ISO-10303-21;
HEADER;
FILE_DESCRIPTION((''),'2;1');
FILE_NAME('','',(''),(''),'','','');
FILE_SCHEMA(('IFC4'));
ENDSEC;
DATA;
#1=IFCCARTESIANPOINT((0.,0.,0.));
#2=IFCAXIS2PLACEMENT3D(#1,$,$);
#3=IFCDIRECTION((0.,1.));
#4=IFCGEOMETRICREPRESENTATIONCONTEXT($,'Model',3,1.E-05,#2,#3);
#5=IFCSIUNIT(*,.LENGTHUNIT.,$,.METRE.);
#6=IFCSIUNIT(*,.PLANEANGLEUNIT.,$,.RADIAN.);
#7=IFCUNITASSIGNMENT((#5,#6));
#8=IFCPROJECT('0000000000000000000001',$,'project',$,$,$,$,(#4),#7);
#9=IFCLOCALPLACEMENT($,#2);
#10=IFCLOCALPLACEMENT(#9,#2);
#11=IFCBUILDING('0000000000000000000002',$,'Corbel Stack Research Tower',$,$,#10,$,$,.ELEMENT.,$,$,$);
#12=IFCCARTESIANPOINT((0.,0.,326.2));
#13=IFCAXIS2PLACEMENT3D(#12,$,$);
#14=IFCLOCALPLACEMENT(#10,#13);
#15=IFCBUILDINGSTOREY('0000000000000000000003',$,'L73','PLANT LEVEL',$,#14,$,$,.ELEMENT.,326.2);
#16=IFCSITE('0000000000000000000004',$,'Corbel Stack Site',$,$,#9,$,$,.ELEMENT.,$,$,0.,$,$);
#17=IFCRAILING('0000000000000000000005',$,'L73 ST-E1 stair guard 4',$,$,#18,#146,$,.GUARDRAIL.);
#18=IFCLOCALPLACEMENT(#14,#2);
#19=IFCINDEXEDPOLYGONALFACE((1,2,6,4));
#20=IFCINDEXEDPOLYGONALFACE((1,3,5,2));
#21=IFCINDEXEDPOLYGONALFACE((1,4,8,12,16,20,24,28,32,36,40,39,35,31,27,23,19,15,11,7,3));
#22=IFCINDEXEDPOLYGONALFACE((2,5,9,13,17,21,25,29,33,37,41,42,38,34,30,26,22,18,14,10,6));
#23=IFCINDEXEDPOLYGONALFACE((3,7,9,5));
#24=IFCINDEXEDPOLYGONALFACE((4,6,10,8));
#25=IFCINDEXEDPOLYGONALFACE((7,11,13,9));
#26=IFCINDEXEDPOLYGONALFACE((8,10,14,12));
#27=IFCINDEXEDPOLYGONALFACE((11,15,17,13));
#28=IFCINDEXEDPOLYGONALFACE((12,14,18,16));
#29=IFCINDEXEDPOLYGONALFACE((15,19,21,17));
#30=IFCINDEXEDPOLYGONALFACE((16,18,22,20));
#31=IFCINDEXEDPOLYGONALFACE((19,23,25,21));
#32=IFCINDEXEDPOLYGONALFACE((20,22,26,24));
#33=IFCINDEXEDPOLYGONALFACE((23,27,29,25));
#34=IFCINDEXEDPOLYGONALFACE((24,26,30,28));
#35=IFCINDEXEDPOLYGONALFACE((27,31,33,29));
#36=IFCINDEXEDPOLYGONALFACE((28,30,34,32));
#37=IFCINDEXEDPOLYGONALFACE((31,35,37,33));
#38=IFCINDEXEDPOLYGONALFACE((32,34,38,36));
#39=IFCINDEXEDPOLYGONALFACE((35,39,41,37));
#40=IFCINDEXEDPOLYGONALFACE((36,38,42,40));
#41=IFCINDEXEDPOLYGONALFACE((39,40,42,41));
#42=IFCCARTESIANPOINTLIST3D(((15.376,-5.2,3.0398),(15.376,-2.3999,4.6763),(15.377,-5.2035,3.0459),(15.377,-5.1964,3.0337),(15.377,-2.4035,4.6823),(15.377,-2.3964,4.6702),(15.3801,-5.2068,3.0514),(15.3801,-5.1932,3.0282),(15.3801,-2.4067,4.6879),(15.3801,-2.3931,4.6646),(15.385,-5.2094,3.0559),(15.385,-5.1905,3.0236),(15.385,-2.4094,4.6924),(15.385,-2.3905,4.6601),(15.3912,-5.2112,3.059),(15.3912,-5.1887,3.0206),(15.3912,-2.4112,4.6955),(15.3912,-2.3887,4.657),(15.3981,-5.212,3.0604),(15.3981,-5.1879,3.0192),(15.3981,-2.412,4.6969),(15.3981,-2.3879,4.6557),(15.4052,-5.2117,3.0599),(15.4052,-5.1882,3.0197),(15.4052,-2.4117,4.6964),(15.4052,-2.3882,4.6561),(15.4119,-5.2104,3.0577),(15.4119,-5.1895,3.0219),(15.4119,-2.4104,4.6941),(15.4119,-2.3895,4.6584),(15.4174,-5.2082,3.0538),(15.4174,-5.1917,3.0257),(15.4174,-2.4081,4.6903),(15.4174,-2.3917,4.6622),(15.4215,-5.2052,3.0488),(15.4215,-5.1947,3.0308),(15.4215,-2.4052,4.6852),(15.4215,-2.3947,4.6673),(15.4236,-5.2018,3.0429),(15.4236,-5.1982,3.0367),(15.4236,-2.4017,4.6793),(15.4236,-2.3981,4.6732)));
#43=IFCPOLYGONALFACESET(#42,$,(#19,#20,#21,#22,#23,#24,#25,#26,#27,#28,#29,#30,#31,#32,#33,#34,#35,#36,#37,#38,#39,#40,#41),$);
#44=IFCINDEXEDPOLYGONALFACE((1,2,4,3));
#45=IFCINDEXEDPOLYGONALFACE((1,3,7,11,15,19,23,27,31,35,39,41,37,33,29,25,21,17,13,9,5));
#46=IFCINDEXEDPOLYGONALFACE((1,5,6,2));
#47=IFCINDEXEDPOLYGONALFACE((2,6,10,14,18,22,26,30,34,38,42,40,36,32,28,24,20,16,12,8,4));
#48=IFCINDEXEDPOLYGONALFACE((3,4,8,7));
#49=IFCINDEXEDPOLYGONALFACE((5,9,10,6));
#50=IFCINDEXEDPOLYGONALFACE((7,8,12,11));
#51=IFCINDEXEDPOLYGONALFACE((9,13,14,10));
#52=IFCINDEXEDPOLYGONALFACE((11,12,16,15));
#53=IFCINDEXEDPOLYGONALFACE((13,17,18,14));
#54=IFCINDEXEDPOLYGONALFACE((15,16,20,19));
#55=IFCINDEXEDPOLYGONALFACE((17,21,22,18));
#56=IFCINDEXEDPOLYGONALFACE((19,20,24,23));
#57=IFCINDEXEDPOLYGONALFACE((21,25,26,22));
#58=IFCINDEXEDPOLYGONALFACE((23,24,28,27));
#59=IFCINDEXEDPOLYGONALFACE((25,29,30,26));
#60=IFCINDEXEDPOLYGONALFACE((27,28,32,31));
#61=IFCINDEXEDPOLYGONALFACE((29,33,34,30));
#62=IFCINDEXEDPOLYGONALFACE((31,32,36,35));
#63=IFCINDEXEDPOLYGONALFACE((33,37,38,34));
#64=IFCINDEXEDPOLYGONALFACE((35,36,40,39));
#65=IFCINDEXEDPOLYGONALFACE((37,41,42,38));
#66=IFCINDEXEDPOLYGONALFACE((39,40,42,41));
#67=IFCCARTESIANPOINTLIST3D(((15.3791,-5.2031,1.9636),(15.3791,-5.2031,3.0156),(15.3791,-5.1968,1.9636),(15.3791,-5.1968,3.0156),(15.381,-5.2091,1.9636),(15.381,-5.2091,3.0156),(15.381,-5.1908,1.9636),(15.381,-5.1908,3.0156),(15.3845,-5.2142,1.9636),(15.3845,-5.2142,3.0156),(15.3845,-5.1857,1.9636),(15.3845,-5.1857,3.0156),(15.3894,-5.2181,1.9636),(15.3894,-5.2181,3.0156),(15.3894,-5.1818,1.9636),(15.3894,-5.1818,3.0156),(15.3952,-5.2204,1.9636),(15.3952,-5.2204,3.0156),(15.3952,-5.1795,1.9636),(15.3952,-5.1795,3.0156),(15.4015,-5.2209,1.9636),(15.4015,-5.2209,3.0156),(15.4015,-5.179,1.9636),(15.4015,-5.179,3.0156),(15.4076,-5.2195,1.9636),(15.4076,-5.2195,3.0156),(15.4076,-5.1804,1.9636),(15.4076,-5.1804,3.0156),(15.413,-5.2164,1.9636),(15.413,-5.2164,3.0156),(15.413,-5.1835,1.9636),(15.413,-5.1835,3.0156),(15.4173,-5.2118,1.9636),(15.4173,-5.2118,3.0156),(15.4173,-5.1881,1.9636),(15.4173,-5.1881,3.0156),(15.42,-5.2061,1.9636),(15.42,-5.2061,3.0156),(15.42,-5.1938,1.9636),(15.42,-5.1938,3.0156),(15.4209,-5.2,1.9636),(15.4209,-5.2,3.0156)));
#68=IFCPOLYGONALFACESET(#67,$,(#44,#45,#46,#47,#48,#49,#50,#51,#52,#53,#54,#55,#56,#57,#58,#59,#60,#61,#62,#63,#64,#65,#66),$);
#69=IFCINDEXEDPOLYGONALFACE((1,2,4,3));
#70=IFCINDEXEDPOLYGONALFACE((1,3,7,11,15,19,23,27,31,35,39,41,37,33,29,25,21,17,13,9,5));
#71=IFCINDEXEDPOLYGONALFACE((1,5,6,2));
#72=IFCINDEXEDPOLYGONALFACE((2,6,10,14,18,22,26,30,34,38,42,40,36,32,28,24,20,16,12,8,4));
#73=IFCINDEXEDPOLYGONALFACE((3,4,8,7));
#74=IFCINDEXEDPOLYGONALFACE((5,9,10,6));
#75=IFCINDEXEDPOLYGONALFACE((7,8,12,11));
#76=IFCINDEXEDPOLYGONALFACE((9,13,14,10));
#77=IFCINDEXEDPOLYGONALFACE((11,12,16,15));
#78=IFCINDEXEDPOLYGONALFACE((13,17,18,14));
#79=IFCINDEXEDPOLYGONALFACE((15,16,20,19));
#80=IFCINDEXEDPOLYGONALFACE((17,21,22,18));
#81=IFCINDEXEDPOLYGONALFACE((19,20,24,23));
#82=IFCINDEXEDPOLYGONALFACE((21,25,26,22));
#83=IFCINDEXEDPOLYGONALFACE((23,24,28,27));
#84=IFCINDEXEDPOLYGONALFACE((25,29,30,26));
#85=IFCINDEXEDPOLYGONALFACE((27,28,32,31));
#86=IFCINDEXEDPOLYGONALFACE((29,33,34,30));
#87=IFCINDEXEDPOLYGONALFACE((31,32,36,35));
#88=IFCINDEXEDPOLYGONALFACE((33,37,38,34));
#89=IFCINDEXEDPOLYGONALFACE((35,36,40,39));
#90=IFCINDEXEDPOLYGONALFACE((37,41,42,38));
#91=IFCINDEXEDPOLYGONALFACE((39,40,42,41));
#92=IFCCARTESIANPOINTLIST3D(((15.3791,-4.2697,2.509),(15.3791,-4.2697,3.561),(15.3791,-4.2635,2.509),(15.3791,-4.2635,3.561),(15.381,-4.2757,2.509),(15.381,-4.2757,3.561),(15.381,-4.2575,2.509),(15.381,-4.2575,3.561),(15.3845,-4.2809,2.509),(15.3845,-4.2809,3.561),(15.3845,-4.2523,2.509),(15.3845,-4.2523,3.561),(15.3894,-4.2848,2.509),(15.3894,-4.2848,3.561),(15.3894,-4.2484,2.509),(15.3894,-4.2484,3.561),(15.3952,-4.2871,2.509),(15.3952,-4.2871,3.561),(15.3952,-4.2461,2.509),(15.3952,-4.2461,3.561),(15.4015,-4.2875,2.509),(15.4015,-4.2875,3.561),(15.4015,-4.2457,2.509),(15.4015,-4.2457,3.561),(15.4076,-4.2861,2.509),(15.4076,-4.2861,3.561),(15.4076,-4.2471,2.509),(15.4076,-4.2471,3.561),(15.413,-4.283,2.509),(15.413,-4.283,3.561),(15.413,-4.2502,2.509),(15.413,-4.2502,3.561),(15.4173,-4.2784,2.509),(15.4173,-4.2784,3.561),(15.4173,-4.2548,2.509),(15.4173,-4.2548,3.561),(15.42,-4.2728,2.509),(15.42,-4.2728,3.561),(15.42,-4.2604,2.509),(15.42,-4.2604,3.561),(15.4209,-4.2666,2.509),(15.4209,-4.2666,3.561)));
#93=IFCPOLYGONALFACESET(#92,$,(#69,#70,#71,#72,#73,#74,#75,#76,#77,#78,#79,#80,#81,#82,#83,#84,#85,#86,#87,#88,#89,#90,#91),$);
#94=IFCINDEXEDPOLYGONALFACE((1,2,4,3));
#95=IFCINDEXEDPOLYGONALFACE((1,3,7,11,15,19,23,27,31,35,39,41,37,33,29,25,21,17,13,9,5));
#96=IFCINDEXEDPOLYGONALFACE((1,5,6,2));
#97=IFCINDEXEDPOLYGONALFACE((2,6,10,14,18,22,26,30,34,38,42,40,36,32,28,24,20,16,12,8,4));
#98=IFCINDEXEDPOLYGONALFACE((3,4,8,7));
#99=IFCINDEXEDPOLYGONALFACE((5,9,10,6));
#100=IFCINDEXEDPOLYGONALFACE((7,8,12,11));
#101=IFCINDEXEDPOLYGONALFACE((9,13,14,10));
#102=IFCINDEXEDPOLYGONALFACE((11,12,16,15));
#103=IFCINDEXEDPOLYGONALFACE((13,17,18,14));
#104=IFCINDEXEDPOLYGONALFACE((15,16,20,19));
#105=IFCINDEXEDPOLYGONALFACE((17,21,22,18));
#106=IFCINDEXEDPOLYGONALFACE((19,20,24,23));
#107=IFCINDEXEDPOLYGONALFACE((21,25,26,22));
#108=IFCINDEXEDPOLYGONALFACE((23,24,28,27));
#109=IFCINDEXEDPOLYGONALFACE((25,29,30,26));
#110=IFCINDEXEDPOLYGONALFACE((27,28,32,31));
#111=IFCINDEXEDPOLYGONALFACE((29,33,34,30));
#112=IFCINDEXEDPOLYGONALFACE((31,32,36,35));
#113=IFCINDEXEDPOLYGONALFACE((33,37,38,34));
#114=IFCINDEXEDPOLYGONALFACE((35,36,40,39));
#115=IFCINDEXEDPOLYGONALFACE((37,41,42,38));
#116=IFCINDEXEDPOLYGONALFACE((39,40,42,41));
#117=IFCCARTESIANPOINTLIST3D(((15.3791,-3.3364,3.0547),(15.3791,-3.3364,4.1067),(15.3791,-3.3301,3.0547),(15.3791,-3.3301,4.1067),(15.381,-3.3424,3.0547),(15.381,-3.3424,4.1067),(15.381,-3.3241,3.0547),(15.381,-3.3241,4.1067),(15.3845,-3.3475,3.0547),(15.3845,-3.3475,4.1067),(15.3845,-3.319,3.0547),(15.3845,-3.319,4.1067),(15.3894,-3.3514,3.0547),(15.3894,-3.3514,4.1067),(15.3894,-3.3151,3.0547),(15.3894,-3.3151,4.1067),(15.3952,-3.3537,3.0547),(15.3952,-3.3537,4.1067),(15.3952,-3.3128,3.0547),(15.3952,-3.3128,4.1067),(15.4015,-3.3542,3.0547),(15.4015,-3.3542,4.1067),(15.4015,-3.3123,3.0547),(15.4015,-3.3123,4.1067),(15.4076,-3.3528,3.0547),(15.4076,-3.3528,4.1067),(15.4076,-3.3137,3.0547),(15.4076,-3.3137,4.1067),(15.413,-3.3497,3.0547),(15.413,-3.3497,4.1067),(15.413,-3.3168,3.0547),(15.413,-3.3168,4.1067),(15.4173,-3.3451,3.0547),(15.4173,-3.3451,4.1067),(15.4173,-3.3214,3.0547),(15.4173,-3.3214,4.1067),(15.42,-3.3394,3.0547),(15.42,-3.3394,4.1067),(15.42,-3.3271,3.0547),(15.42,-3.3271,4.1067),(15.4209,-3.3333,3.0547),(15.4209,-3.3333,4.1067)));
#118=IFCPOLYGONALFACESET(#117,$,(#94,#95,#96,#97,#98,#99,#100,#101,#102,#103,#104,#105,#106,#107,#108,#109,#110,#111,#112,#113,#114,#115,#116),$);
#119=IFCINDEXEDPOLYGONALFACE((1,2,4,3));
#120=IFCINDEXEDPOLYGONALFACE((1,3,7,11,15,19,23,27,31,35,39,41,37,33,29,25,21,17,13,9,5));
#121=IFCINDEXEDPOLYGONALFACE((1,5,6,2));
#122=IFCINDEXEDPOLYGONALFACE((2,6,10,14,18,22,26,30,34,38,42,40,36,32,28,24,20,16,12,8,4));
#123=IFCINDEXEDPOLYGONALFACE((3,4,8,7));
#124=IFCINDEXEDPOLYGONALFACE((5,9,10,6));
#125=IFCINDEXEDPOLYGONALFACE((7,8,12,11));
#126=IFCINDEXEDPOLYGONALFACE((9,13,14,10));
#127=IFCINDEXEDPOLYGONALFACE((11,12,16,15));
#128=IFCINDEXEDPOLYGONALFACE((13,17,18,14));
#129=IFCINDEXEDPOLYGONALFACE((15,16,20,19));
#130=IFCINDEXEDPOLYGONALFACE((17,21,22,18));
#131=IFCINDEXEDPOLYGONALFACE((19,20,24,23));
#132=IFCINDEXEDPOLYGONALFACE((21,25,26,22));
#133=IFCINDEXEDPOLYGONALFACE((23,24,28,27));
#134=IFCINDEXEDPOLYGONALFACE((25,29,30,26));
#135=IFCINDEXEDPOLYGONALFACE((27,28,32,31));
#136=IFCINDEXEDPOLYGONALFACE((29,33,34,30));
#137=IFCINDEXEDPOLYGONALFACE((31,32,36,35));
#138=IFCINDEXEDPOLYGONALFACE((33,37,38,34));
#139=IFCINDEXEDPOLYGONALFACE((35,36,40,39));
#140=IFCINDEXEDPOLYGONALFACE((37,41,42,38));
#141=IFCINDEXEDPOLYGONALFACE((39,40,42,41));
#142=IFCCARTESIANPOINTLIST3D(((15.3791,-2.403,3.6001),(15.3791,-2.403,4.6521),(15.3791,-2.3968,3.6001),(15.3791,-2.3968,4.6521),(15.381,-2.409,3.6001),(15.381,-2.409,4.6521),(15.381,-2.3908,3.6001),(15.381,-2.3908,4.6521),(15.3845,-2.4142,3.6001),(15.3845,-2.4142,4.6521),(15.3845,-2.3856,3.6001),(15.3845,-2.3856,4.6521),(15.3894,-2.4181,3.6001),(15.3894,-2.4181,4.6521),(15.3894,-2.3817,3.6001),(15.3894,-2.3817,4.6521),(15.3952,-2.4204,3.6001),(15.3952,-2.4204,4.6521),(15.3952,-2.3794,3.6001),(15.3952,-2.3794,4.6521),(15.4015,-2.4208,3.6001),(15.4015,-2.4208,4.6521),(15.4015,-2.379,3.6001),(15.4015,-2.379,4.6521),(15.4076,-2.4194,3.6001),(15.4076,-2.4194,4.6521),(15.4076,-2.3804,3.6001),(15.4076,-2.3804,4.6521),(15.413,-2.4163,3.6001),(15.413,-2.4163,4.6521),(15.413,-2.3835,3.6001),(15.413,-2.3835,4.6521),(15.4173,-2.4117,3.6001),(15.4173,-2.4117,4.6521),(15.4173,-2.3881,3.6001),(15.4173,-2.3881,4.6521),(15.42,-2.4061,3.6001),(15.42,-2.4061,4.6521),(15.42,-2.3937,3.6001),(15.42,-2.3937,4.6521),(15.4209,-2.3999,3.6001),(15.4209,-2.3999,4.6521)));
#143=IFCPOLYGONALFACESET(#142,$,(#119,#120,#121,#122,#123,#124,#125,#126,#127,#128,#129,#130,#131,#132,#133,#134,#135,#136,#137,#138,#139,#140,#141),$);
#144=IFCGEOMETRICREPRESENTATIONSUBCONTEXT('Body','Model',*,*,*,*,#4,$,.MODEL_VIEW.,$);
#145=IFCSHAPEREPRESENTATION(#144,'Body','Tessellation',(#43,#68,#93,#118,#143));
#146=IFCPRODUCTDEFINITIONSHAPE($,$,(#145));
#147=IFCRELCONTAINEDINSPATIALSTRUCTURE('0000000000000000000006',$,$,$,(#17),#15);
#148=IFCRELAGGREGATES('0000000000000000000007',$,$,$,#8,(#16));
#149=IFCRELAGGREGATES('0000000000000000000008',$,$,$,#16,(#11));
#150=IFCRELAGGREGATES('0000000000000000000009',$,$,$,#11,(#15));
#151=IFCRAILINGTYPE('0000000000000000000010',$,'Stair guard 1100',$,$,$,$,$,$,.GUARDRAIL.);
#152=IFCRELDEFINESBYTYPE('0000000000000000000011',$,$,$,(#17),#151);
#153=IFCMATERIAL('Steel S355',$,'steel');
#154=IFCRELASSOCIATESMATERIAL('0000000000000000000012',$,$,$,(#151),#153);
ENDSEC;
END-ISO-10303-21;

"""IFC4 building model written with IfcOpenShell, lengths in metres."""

from ifc_helpers import new_model, si_unit, direction, frame, origin, origin_2d, place, context, subcontext, project, spatial, circle, extrude, material, type_object, element, save


model = new_model("IFC4")

# Units and contexts
model_context = context("Model", 3, precision=1e-05, world=origin(), true_north=direction((0.0, 1.0)))
body_context = subcontext(model_context, "Body", "Model", "MODEL_VIEW")
ifc_project = project(units=[si_unit("LENGTHUNIT", "METRE"), si_unit("PLANEANGLEUNIT", "RADIAN")], contexts=[model_context])

# Site, building, storey
site_placement = place(None, origin())
site = spatial("IfcSite", under=ifc_project, at=site_placement, Name="Corbel Stack Site", CompositionType="ELEMENT", RefElevation=0.0)
building_placement = place(site_placement, origin())
building = spatial("IfcBuilding", under=site, at=building_placement, Name="Corbel Stack Research Tower", CompositionType="ELEMENT")
storey_placement = place(building_placement, frame((0.0, 0.0, 326.2)))
storey = spatial("IfcBuildingStorey", under=building, at=storey_placement, Name="L73", Description="PLANT LEVEL", CompositionType="ELEMENT", Elevation=326.2)

# Railing
ifc_material_1 = material(Name="Steel S355", Category="steel")
railing_type_1 = type_object("IfcRailingType", Name="Stair guard 1100", PredefinedType="GUARDRAIL", material=ifc_material_1)
railing_1_placement = place(storey_placement, frame((15.3999, -5.2, 1.9636)))
element("IfcRailing", 1, at=railing_1_placement, inside=storey, type_object=railing_type_1, Name="L73 ST-E1 stair guard 4", PredefinedType="GUARDRAIL", context=body_context, shape_type="SweptSolid", body=[
    extrude(circle(Radius=0.0239, at=origin_2d()), frame((0.0, 0.0, 1.0762), z_axis=(0.0, 0.863361, 0.504587), x_axis=(-1.0, 0.0, 0.0)), (0.0, 0.0, 1.0), 3.2432),
    extrude(circle(Radius=0.021, at=origin_2d()), origin(), (0.0, 0.0, 1.0), 1.052),
    extrude(circle(Radius=0.021, at=origin_2d()), frame((0.0, 0.9333, 0.5454)), (0.0, 0.0, 1.0), 1.052),
    extrude(circle(Radius=0.021, at=origin_2d()), frame((0.0, 1.8667, 1.0911)), (0.0, 0.0, 1.0), 1.052),
    extrude(circle(Radius=0.021, at=origin_2d()), frame((0.0, 2.8, 1.6365)), (0.0, 0.0, 1.0), 1.052),
])

save(model, "model.ifc")
